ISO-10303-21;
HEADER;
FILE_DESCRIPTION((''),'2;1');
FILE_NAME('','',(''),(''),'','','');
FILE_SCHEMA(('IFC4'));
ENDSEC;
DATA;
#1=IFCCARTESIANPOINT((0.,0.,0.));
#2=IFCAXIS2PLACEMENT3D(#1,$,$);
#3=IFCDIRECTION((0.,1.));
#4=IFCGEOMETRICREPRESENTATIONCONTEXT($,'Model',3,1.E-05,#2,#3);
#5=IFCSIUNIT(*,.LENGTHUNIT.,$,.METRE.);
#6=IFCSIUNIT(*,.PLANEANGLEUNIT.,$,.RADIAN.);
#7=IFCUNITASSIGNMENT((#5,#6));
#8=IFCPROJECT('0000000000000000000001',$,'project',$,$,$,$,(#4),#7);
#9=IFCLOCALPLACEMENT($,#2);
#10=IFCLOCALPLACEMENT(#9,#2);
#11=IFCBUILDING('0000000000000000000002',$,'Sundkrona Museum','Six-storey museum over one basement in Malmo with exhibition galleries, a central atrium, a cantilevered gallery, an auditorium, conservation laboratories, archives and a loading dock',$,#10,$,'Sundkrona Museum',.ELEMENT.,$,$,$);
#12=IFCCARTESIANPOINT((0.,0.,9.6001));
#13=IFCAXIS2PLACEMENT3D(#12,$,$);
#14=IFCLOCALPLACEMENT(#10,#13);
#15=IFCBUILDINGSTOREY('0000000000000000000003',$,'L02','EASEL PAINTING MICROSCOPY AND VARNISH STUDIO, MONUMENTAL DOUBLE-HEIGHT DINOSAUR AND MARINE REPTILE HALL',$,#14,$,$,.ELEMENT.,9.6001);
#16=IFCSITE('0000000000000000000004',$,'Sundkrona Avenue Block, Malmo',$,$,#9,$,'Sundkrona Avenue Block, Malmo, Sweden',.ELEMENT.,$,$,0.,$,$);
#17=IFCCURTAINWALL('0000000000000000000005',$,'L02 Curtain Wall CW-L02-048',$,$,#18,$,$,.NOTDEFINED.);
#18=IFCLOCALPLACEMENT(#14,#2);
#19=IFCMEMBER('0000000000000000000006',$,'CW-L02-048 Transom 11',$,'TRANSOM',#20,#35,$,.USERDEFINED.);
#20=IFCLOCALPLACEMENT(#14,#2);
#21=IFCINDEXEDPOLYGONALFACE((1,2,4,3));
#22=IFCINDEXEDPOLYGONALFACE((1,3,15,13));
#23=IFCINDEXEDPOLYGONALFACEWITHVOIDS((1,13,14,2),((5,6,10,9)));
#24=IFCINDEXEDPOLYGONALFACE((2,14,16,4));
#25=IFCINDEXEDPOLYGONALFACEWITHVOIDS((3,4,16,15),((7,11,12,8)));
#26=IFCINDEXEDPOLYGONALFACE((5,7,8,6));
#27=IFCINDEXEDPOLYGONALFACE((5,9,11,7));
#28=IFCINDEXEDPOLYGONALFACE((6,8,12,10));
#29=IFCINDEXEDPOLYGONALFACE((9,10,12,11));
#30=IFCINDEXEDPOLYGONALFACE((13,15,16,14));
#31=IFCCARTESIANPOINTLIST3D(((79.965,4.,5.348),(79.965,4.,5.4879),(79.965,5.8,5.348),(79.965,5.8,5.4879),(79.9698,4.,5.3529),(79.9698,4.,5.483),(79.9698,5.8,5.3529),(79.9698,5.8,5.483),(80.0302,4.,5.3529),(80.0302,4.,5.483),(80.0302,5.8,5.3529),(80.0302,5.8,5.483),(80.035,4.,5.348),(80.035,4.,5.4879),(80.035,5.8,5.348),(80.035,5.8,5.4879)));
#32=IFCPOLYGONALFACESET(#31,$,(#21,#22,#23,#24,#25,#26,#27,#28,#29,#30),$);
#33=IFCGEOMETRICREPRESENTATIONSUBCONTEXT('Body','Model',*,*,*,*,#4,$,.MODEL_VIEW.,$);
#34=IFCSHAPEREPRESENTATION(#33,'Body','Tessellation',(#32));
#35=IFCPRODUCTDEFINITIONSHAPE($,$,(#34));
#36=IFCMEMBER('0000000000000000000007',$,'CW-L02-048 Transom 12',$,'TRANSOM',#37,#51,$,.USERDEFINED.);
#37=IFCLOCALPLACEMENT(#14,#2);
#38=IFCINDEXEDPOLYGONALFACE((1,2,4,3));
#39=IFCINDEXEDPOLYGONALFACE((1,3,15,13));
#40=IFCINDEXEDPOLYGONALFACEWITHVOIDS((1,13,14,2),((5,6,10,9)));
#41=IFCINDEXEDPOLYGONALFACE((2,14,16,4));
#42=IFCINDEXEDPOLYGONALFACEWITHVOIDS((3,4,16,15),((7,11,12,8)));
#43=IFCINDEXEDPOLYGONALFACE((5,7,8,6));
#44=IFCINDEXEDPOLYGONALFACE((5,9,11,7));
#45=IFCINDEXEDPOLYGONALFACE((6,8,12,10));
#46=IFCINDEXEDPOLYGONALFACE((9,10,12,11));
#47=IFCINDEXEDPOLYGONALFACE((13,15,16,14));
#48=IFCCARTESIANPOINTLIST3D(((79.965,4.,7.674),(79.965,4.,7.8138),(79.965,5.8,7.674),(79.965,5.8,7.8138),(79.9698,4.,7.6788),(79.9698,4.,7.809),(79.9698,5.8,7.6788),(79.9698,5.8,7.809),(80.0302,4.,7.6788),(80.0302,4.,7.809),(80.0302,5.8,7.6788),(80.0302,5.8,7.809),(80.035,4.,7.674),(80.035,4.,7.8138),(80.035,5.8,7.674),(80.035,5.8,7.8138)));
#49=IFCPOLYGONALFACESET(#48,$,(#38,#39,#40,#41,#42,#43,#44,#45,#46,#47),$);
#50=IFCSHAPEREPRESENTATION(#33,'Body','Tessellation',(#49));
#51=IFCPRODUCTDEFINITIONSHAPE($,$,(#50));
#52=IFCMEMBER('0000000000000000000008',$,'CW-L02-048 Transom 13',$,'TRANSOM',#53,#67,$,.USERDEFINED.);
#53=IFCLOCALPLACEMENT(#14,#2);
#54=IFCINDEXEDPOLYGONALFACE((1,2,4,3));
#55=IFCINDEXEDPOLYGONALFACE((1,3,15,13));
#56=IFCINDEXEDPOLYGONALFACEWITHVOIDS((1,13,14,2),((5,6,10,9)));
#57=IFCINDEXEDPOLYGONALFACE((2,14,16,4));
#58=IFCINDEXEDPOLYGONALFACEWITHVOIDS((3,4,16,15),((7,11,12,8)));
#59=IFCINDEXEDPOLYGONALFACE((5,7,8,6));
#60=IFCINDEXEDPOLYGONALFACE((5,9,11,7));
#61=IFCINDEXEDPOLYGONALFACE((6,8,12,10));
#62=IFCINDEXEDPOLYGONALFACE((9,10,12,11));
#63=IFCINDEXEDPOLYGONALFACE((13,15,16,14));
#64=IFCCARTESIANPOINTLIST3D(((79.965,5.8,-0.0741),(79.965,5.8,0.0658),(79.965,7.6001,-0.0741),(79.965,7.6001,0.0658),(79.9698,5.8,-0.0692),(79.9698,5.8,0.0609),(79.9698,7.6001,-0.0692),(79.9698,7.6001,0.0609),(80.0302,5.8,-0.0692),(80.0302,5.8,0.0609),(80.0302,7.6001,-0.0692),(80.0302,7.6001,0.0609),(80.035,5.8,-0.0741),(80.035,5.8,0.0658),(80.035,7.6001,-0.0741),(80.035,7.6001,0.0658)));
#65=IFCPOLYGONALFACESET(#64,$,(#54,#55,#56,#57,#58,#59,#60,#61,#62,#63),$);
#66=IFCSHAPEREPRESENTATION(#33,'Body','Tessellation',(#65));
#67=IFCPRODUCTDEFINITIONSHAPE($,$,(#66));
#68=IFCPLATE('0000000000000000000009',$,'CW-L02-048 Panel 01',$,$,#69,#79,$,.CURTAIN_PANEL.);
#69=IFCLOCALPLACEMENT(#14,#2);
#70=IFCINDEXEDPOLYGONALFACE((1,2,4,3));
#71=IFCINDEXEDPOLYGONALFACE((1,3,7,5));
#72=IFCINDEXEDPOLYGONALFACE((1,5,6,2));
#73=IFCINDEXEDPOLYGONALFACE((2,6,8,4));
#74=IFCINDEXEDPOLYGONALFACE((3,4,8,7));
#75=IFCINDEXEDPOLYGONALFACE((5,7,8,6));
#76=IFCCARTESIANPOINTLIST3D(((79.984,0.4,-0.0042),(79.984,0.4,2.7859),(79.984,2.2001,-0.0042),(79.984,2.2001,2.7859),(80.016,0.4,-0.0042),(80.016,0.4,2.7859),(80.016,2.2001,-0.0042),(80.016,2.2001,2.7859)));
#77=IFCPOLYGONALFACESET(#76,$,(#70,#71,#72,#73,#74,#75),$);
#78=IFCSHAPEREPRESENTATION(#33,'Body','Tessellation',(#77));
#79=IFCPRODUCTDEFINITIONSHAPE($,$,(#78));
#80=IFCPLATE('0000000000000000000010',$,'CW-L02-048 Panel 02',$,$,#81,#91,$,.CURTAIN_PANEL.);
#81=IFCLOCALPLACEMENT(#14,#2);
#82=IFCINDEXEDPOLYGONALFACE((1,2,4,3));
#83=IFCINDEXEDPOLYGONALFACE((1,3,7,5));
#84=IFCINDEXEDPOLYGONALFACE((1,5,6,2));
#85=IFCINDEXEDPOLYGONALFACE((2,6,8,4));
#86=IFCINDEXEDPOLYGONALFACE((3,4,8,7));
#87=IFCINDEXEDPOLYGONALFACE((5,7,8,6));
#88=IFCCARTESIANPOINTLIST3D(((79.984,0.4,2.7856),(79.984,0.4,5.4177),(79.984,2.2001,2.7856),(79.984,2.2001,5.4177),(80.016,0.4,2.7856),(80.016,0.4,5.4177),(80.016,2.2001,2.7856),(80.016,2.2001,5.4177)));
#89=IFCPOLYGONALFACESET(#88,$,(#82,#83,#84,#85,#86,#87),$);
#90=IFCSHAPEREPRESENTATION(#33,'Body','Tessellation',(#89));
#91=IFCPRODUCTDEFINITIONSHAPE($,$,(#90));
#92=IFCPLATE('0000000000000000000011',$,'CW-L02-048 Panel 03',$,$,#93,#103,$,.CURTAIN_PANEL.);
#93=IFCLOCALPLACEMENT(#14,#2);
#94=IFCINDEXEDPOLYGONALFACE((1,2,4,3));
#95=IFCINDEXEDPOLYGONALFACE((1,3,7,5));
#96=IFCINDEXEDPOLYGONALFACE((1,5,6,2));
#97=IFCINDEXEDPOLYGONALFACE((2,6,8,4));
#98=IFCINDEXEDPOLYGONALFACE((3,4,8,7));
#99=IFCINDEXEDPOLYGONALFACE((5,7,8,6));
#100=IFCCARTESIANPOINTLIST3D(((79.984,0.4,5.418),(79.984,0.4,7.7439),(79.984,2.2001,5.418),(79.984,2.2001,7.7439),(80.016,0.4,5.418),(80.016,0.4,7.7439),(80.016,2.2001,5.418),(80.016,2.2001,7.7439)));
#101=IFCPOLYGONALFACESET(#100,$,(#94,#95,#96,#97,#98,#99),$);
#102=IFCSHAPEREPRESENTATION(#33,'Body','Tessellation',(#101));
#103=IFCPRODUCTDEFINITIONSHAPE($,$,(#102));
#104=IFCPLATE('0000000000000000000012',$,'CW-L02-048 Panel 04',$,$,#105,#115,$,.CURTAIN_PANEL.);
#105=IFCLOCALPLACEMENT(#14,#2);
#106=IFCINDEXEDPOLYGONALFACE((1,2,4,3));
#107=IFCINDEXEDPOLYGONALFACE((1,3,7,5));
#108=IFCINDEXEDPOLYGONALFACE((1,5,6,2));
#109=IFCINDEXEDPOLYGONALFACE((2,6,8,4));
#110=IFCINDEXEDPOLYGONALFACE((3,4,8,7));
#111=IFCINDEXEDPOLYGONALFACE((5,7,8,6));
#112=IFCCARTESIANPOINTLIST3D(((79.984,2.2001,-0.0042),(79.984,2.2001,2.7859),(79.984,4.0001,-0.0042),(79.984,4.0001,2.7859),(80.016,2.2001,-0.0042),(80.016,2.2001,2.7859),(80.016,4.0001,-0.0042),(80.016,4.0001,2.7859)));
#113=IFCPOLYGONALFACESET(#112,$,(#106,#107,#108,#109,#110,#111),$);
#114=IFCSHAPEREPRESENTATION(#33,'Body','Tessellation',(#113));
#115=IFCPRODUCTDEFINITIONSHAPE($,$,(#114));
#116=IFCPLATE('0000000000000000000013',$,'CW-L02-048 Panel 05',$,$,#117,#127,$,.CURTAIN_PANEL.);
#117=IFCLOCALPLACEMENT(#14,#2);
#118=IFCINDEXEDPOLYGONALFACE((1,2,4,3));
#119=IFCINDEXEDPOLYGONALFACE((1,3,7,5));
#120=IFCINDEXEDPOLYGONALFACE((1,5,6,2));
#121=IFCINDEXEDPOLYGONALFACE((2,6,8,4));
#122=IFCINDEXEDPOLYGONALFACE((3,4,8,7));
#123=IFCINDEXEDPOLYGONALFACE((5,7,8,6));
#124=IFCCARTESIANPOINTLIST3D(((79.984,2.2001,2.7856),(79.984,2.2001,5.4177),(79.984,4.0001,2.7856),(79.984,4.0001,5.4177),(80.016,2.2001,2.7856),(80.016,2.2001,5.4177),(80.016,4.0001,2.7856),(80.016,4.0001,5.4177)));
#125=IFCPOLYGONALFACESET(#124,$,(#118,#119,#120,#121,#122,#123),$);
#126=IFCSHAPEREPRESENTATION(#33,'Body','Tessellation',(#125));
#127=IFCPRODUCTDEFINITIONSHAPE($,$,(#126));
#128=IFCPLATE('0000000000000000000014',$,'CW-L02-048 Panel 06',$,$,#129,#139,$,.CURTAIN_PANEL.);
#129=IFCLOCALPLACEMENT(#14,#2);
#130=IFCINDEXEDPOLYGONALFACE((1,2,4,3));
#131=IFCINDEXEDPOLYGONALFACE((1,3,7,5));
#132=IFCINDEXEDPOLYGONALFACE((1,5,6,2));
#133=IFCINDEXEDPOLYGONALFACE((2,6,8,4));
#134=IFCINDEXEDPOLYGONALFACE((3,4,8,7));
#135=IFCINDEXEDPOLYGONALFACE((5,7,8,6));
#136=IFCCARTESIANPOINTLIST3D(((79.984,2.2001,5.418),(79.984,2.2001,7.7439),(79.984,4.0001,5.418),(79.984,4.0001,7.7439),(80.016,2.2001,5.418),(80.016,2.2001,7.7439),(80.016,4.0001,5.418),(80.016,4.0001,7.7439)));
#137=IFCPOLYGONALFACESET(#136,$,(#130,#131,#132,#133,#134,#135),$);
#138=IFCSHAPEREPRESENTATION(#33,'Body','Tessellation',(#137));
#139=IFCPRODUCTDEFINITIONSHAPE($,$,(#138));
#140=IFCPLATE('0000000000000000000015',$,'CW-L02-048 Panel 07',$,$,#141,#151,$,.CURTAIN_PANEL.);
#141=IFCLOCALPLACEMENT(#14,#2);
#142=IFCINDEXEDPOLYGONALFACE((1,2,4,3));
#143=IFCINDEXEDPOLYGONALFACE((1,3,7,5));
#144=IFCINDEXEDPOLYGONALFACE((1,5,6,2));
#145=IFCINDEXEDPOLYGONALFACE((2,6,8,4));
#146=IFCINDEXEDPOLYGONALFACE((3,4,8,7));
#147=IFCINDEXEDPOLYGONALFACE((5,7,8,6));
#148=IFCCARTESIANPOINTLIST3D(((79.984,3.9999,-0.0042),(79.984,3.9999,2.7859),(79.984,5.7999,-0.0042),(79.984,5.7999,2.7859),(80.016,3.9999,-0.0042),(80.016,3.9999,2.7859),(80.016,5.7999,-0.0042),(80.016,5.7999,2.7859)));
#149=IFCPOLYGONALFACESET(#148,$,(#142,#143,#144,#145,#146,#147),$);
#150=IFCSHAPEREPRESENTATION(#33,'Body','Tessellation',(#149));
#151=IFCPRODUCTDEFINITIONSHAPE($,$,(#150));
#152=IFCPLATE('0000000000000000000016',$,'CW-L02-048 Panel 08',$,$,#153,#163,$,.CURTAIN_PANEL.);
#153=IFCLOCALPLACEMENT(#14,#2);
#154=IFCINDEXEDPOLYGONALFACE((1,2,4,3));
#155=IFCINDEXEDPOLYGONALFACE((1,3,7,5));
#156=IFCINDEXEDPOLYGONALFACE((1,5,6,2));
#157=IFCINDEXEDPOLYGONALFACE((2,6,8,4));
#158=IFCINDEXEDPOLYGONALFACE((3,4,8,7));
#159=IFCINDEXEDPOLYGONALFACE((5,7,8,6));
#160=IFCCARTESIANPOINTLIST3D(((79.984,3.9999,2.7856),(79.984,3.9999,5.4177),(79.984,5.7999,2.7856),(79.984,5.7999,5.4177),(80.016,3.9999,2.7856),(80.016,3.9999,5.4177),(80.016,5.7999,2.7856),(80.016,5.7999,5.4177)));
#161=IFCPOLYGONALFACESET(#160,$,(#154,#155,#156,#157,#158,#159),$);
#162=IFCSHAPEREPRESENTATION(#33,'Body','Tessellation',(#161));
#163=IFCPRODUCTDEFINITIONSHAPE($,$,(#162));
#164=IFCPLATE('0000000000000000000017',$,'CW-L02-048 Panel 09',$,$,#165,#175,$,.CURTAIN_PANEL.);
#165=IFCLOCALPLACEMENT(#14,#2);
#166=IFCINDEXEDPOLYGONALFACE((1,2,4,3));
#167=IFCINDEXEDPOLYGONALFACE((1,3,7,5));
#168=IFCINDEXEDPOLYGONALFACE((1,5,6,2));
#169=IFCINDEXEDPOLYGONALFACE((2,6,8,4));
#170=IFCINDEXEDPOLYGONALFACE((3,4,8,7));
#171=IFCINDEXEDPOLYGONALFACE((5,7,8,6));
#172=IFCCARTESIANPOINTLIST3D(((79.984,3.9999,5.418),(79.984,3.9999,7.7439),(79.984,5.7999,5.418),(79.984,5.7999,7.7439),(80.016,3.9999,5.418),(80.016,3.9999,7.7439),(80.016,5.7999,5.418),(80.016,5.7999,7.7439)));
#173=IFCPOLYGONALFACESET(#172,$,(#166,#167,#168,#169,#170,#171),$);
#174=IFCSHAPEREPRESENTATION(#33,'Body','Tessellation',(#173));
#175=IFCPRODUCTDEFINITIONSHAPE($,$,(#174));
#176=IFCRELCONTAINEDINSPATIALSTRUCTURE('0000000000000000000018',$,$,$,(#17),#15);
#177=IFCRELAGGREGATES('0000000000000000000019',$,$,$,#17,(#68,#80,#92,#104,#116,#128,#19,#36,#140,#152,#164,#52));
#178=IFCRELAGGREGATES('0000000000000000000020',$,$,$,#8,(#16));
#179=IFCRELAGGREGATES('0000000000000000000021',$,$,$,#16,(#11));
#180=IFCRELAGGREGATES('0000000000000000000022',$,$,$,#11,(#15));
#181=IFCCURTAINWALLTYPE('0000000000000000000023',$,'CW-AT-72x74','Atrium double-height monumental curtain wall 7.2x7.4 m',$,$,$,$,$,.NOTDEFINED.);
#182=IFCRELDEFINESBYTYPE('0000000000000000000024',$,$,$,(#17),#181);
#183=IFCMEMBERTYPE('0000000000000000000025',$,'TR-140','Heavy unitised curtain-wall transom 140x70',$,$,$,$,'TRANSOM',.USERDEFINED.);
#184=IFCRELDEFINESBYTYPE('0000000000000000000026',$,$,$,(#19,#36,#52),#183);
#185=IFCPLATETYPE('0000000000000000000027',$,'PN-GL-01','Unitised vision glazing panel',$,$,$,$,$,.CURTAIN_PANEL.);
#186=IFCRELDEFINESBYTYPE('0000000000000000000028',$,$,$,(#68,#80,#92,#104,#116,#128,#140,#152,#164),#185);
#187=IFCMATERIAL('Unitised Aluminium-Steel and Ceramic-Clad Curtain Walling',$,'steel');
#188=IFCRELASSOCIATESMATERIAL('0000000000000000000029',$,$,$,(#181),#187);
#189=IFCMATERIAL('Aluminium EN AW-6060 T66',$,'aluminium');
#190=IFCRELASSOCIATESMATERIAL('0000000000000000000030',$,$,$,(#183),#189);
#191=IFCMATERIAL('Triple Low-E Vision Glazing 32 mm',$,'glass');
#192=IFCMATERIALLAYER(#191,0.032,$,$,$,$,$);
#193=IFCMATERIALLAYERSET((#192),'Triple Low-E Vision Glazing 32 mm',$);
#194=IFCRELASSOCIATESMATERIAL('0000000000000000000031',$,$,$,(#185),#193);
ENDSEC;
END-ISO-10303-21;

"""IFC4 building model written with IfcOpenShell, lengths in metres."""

from ifc_helpers import new_model, si_unit, direction, frame, origin, origin_2d, place, context, subcontext, project, spatial, rectangle, hollow_rectangle, extrude, material, layer, layer_set, material_profile, profile_set, type_object, element, aggregate, save


model = new_model("IFC4")

# Units and contexts
model_context = context("Model", 3, precision=1e-05, world=origin(), true_north=direction((0.0, 1.0)))
body_context = subcontext(model_context, "Body", "Model", "MODEL_VIEW")
ifc_project = project(units=[si_unit("LENGTHUNIT", "METRE"), si_unit("PLANEANGLEUNIT", "RADIAN")], contexts=[model_context])

# Site, building, storey
site_placement = place(None, origin())
site = spatial("IfcSite", under=ifc_project, at=site_placement, Name="Sundkrona Avenue Block, Malmo", LongName="Sundkrona Avenue Block, Malmo, Sweden", CompositionType="ELEMENT", RefElevation=0.0)
building_placement = place(site_placement, origin())
building = spatial("IfcBuilding", under=site, at=building_placement, Name="Sundkrona Museum", Description="Six-storey museum over one basement in Malmo with exhibition galleries, a central atrium, a cantilevered gallery, an auditorium, conservation laboratories, archives and a loading dock", LongName="Sundkrona Museum", CompositionType="ELEMENT")
storey_placement = place(building_placement, frame((0.0, 0.0, 9.6001)))
storey = spatial("IfcBuildingStorey", under=building, at=storey_placement, Name="L02", Description="EASEL PAINTING MICROSCOPY AND VARNISH STUDIO, MONUMENTAL DOUBLE-HEIGHT DINOSAUR AND MARINE REPTILE HALL", CompositionType="ELEMENT", Elevation=9.6001)

# Curtain wall, members, plates
ifc_material_1 = material(Name="Unitised Aluminium-Steel and Ceramic-Clad Curtain Walling", Category="steel")
curtain_wall_type = type_object("IfcCurtainWallType", Name="CW-AT-72x74", Description="Atrium double-height monumental curtain wall 7.2x7.4 m", PredefinedType="NOTDEFINED", material=ifc_material_1)
curtain_wall_placement = place(storey_placement, origin())
curtain_wall = element("IfcCurtainWall", 1, at=curtain_wall_placement, inside=storey, type_object=curtain_wall_type, Name="L02 Curtain Wall CW-L02-048", PredefinedType="NOTDEFINED")
ifc_material_2 = material(Name="Aluminium EN AW-6060 T66", Category="aluminium")
ifc_material_profile_1 = material_profile(ifc_material_2, hollow_rectangle(XDim=0.0701, YDim=0.1399, WallThickness=0.0049, at=origin_2d()), Name="RHS 140x70x5.0")
ifc_profile_set_1 = profile_set([ifc_material_profile_1], Name="Aluminium EN AW-6060 T66")
member_type_1 = type_object("IfcMemberType", Name="TR-140", Description="Heavy unitised curtain-wall transom 140x70", ElementType="TRANSOM", PredefinedType="USERDEFINED", material=ifc_profile_set_1)
member_1_placement = place(storey_placement, frame((80.0, 4.0, 5.418), z_axis=(0.0, 1.0, 0.0), x_axis=(-1.0, 0.0, 0.0)))
member_1 = element("IfcMember", 2, at=member_1_placement, type_object=member_type_1, Name="CW-L02-048 Transom 11", ObjectType="TRANSOM", PredefinedType="USERDEFINED", context=body_context, shape_type="SweptSolid", body=[
    extrude(hollow_rectangle(XDim=0.0701, YDim=0.1399, WallThickness=0.0049, at=origin_2d()), origin(), (0.0, 0.0, 1.0), 1.8),
])
member_2_placement = place(storey_placement, frame((80.0, 4.0, 7.7439), z_axis=(0.0, 1.0, 0.0), x_axis=(-1.0, 0.0, 0.0)))
member_2 = element("IfcMember", 3, at=member_2_placement, type_object=member_type_1, Name="CW-L02-048 Transom 12", ObjectType="TRANSOM", PredefinedType="USERDEFINED", context=body_context, shape_type="SweptSolid", body=[
    extrude(hollow_rectangle(XDim=0.0701, YDim=0.1399, WallThickness=0.0049, at=origin_2d()), origin(), (0.0, 0.0, 1.0), 1.8),
])
member_3_placement = place(storey_placement, frame((80.0, 5.8, -0.0042), z_axis=(0.0, 1.0, 0.0), x_axis=(-1.0, 0.0, 0.0)))
member_3 = element("IfcMember", 4, at=member_3_placement, type_object=member_type_1, Name="CW-L02-048 Transom 13", ObjectType="TRANSOM", PredefinedType="USERDEFINED", context=body_context, shape_type="SweptSolid", body=[
    extrude(hollow_rectangle(XDim=0.0701, YDim=0.1399, WallThickness=0.0049, at=origin_2d()), origin(), (0.0, 0.0, 1.0), 1.8),
])
ifc_material_3 = material(Name="Triple Low-E Vision Glazing 32 mm", Category="glass")
ifc_layer = layer(ifc_material_3, 0.032)
ifc_layer_set = layer_set([ifc_layer], Name="Triple Low-E Vision Glazing 32 mm")
plate_type = type_object("IfcPlateType", Name="PN-GL-01", Description="Unitised vision glazing panel", PredefinedType="CURTAIN_PANEL", material=ifc_layer_set)
plate_1_placement = place(storey_placement, frame((80.0, 1.3, -0.0042), z_axis=(0.0, 0.0, 1.0), x_axis=(0.0, 1.0, 0.0)))
plate_1 = element("IfcPlate", 5, at=plate_1_placement, type_object=plate_type, Name="CW-L02-048 Panel 01", PredefinedType="CURTAIN_PANEL", context=body_context, shape_type="SweptSolid", body=[
    extrude(rectangle(XDim=1.8, YDim=0.032, at=origin_2d()), origin(), (0.0, 0.0, 1.0), 2.79),
])
plate_2_placement = place(storey_placement, frame((80.0, 1.3, 2.7856), z_axis=(0.0, 0.0, 1.0), x_axis=(0.0, 1.0, 0.0)))
plate_2 = element("IfcPlate", 6, at=plate_2_placement, type_object=plate_type, Name="CW-L02-048 Panel 02", PredefinedType="CURTAIN_PANEL", context=body_context, shape_type="SweptSolid", body=[
    extrude(rectangle(XDim=1.8, YDim=0.032, at=origin_2d()), origin(), (0.0, 0.0, 1.0), 2.6321),
])
plate_3_placement = place(storey_placement, frame((80.0, 1.3, 5.418), z_axis=(0.0, 0.0, 1.0), x_axis=(0.0, 1.0, 0.0)))
plate_3 = element("IfcPlate", 7, at=plate_3_placement, type_object=plate_type, Name="CW-L02-048 Panel 03", PredefinedType="CURTAIN_PANEL", context=body_context, shape_type="SweptSolid", body=[
    extrude(rectangle(XDim=1.8, YDim=0.032, at=origin_2d()), origin(), (0.0, 0.0, 1.0), 2.3259),
])
plate_4_placement = place(storey_placement, frame((80.0, 3.1001, -0.0042), z_axis=(0.0, 0.0, 1.0), x_axis=(0.0, 1.0, 0.0)))
plate_4 = element("IfcPlate", 8, at=plate_4_placement, type_object=plate_type, Name="CW-L02-048 Panel 04", PredefinedType="CURTAIN_PANEL", context=body_context, shape_type="SweptSolid", body=[
    extrude(rectangle(XDim=1.8, YDim=0.032, at=origin_2d()), origin(), (0.0, 0.0, 1.0), 2.79),
])
plate_5_placement = place(storey_placement, frame((80.0, 3.1001, 2.7856), z_axis=(0.0, 0.0, 1.0), x_axis=(0.0, 1.0, 0.0)))
plate_5 = element("IfcPlate", 9, at=plate_5_placement, type_object=plate_type, Name="CW-L02-048 Panel 05", PredefinedType="CURTAIN_PANEL", context=body_context, shape_type="SweptSolid", body=[
    extrude(rectangle(XDim=1.8, YDim=0.032, at=origin_2d()), origin(), (0.0, 0.0, 1.0), 2.6321),
])
plate_6_placement = place(storey_placement, frame((80.0, 3.1001, 5.418), z_axis=(0.0, 0.0, 1.0), x_axis=(0.0, 1.0, 0.0)))
plate_6 = element("IfcPlate", 10, at=plate_6_placement, type_object=plate_type, Name="CW-L02-048 Panel 06", PredefinedType="CURTAIN_PANEL", context=body_context, shape_type="SweptSolid", body=[
    extrude(rectangle(XDim=1.8, YDim=0.032, at=origin_2d()), origin(), (0.0, 0.0, 1.0), 2.3259),
])
plate_7_placement = place(storey_placement, frame((80.0, 4.8999, -0.0042), z_axis=(0.0, 0.0, 1.0), x_axis=(0.0, 1.0, 0.0)))
plate_7 = element("IfcPlate", 11, at=plate_7_placement, type_object=plate_type, Name="CW-L02-048 Panel 07", PredefinedType="CURTAIN_PANEL", context=body_context, shape_type="SweptSolid", body=[
    extrude(rectangle(XDim=1.8, YDim=0.032, at=origin_2d()), origin(), (0.0, 0.0, 1.0), 2.79),
])
plate_8_placement = place(storey_placement, frame((80.0, 4.8999, 2.7856), z_axis=(0.0, 0.0, 1.0), x_axis=(0.0, 1.0, 0.0)))
plate_8 = element("IfcPlate", 12, at=plate_8_placement, type_object=plate_type, Name="CW-L02-048 Panel 08", PredefinedType="CURTAIN_PANEL", context=body_context, shape_type="SweptSolid", body=[
    extrude(rectangle(XDim=1.8, YDim=0.032, at=origin_2d()), origin(), (0.0, 0.0, 1.0), 2.6321),
])
plate_9_placement = place(storey_placement, frame((80.0, 4.8999, 5.418), z_axis=(0.0, 0.0, 1.0), x_axis=(0.0, 1.0, 0.0)))
plate_9 = element("IfcPlate", 13, at=plate_9_placement, type_object=plate_type, Name="CW-L02-048 Panel 09", PredefinedType="CURTAIN_PANEL", context=body_context, shape_type="SweptSolid", body=[
    extrude(rectangle(XDim=1.8, YDim=0.032, at=origin_2d()), origin(), (0.0, 0.0, 1.0), 2.3259),
])
aggregate(curtain_wall, [plate_1, plate_2, plate_3, plate_4, plate_5, plate_6, member_1, member_2, plate_7, plate_8, plate_9, member_3])

save(model, "model.ifc")
